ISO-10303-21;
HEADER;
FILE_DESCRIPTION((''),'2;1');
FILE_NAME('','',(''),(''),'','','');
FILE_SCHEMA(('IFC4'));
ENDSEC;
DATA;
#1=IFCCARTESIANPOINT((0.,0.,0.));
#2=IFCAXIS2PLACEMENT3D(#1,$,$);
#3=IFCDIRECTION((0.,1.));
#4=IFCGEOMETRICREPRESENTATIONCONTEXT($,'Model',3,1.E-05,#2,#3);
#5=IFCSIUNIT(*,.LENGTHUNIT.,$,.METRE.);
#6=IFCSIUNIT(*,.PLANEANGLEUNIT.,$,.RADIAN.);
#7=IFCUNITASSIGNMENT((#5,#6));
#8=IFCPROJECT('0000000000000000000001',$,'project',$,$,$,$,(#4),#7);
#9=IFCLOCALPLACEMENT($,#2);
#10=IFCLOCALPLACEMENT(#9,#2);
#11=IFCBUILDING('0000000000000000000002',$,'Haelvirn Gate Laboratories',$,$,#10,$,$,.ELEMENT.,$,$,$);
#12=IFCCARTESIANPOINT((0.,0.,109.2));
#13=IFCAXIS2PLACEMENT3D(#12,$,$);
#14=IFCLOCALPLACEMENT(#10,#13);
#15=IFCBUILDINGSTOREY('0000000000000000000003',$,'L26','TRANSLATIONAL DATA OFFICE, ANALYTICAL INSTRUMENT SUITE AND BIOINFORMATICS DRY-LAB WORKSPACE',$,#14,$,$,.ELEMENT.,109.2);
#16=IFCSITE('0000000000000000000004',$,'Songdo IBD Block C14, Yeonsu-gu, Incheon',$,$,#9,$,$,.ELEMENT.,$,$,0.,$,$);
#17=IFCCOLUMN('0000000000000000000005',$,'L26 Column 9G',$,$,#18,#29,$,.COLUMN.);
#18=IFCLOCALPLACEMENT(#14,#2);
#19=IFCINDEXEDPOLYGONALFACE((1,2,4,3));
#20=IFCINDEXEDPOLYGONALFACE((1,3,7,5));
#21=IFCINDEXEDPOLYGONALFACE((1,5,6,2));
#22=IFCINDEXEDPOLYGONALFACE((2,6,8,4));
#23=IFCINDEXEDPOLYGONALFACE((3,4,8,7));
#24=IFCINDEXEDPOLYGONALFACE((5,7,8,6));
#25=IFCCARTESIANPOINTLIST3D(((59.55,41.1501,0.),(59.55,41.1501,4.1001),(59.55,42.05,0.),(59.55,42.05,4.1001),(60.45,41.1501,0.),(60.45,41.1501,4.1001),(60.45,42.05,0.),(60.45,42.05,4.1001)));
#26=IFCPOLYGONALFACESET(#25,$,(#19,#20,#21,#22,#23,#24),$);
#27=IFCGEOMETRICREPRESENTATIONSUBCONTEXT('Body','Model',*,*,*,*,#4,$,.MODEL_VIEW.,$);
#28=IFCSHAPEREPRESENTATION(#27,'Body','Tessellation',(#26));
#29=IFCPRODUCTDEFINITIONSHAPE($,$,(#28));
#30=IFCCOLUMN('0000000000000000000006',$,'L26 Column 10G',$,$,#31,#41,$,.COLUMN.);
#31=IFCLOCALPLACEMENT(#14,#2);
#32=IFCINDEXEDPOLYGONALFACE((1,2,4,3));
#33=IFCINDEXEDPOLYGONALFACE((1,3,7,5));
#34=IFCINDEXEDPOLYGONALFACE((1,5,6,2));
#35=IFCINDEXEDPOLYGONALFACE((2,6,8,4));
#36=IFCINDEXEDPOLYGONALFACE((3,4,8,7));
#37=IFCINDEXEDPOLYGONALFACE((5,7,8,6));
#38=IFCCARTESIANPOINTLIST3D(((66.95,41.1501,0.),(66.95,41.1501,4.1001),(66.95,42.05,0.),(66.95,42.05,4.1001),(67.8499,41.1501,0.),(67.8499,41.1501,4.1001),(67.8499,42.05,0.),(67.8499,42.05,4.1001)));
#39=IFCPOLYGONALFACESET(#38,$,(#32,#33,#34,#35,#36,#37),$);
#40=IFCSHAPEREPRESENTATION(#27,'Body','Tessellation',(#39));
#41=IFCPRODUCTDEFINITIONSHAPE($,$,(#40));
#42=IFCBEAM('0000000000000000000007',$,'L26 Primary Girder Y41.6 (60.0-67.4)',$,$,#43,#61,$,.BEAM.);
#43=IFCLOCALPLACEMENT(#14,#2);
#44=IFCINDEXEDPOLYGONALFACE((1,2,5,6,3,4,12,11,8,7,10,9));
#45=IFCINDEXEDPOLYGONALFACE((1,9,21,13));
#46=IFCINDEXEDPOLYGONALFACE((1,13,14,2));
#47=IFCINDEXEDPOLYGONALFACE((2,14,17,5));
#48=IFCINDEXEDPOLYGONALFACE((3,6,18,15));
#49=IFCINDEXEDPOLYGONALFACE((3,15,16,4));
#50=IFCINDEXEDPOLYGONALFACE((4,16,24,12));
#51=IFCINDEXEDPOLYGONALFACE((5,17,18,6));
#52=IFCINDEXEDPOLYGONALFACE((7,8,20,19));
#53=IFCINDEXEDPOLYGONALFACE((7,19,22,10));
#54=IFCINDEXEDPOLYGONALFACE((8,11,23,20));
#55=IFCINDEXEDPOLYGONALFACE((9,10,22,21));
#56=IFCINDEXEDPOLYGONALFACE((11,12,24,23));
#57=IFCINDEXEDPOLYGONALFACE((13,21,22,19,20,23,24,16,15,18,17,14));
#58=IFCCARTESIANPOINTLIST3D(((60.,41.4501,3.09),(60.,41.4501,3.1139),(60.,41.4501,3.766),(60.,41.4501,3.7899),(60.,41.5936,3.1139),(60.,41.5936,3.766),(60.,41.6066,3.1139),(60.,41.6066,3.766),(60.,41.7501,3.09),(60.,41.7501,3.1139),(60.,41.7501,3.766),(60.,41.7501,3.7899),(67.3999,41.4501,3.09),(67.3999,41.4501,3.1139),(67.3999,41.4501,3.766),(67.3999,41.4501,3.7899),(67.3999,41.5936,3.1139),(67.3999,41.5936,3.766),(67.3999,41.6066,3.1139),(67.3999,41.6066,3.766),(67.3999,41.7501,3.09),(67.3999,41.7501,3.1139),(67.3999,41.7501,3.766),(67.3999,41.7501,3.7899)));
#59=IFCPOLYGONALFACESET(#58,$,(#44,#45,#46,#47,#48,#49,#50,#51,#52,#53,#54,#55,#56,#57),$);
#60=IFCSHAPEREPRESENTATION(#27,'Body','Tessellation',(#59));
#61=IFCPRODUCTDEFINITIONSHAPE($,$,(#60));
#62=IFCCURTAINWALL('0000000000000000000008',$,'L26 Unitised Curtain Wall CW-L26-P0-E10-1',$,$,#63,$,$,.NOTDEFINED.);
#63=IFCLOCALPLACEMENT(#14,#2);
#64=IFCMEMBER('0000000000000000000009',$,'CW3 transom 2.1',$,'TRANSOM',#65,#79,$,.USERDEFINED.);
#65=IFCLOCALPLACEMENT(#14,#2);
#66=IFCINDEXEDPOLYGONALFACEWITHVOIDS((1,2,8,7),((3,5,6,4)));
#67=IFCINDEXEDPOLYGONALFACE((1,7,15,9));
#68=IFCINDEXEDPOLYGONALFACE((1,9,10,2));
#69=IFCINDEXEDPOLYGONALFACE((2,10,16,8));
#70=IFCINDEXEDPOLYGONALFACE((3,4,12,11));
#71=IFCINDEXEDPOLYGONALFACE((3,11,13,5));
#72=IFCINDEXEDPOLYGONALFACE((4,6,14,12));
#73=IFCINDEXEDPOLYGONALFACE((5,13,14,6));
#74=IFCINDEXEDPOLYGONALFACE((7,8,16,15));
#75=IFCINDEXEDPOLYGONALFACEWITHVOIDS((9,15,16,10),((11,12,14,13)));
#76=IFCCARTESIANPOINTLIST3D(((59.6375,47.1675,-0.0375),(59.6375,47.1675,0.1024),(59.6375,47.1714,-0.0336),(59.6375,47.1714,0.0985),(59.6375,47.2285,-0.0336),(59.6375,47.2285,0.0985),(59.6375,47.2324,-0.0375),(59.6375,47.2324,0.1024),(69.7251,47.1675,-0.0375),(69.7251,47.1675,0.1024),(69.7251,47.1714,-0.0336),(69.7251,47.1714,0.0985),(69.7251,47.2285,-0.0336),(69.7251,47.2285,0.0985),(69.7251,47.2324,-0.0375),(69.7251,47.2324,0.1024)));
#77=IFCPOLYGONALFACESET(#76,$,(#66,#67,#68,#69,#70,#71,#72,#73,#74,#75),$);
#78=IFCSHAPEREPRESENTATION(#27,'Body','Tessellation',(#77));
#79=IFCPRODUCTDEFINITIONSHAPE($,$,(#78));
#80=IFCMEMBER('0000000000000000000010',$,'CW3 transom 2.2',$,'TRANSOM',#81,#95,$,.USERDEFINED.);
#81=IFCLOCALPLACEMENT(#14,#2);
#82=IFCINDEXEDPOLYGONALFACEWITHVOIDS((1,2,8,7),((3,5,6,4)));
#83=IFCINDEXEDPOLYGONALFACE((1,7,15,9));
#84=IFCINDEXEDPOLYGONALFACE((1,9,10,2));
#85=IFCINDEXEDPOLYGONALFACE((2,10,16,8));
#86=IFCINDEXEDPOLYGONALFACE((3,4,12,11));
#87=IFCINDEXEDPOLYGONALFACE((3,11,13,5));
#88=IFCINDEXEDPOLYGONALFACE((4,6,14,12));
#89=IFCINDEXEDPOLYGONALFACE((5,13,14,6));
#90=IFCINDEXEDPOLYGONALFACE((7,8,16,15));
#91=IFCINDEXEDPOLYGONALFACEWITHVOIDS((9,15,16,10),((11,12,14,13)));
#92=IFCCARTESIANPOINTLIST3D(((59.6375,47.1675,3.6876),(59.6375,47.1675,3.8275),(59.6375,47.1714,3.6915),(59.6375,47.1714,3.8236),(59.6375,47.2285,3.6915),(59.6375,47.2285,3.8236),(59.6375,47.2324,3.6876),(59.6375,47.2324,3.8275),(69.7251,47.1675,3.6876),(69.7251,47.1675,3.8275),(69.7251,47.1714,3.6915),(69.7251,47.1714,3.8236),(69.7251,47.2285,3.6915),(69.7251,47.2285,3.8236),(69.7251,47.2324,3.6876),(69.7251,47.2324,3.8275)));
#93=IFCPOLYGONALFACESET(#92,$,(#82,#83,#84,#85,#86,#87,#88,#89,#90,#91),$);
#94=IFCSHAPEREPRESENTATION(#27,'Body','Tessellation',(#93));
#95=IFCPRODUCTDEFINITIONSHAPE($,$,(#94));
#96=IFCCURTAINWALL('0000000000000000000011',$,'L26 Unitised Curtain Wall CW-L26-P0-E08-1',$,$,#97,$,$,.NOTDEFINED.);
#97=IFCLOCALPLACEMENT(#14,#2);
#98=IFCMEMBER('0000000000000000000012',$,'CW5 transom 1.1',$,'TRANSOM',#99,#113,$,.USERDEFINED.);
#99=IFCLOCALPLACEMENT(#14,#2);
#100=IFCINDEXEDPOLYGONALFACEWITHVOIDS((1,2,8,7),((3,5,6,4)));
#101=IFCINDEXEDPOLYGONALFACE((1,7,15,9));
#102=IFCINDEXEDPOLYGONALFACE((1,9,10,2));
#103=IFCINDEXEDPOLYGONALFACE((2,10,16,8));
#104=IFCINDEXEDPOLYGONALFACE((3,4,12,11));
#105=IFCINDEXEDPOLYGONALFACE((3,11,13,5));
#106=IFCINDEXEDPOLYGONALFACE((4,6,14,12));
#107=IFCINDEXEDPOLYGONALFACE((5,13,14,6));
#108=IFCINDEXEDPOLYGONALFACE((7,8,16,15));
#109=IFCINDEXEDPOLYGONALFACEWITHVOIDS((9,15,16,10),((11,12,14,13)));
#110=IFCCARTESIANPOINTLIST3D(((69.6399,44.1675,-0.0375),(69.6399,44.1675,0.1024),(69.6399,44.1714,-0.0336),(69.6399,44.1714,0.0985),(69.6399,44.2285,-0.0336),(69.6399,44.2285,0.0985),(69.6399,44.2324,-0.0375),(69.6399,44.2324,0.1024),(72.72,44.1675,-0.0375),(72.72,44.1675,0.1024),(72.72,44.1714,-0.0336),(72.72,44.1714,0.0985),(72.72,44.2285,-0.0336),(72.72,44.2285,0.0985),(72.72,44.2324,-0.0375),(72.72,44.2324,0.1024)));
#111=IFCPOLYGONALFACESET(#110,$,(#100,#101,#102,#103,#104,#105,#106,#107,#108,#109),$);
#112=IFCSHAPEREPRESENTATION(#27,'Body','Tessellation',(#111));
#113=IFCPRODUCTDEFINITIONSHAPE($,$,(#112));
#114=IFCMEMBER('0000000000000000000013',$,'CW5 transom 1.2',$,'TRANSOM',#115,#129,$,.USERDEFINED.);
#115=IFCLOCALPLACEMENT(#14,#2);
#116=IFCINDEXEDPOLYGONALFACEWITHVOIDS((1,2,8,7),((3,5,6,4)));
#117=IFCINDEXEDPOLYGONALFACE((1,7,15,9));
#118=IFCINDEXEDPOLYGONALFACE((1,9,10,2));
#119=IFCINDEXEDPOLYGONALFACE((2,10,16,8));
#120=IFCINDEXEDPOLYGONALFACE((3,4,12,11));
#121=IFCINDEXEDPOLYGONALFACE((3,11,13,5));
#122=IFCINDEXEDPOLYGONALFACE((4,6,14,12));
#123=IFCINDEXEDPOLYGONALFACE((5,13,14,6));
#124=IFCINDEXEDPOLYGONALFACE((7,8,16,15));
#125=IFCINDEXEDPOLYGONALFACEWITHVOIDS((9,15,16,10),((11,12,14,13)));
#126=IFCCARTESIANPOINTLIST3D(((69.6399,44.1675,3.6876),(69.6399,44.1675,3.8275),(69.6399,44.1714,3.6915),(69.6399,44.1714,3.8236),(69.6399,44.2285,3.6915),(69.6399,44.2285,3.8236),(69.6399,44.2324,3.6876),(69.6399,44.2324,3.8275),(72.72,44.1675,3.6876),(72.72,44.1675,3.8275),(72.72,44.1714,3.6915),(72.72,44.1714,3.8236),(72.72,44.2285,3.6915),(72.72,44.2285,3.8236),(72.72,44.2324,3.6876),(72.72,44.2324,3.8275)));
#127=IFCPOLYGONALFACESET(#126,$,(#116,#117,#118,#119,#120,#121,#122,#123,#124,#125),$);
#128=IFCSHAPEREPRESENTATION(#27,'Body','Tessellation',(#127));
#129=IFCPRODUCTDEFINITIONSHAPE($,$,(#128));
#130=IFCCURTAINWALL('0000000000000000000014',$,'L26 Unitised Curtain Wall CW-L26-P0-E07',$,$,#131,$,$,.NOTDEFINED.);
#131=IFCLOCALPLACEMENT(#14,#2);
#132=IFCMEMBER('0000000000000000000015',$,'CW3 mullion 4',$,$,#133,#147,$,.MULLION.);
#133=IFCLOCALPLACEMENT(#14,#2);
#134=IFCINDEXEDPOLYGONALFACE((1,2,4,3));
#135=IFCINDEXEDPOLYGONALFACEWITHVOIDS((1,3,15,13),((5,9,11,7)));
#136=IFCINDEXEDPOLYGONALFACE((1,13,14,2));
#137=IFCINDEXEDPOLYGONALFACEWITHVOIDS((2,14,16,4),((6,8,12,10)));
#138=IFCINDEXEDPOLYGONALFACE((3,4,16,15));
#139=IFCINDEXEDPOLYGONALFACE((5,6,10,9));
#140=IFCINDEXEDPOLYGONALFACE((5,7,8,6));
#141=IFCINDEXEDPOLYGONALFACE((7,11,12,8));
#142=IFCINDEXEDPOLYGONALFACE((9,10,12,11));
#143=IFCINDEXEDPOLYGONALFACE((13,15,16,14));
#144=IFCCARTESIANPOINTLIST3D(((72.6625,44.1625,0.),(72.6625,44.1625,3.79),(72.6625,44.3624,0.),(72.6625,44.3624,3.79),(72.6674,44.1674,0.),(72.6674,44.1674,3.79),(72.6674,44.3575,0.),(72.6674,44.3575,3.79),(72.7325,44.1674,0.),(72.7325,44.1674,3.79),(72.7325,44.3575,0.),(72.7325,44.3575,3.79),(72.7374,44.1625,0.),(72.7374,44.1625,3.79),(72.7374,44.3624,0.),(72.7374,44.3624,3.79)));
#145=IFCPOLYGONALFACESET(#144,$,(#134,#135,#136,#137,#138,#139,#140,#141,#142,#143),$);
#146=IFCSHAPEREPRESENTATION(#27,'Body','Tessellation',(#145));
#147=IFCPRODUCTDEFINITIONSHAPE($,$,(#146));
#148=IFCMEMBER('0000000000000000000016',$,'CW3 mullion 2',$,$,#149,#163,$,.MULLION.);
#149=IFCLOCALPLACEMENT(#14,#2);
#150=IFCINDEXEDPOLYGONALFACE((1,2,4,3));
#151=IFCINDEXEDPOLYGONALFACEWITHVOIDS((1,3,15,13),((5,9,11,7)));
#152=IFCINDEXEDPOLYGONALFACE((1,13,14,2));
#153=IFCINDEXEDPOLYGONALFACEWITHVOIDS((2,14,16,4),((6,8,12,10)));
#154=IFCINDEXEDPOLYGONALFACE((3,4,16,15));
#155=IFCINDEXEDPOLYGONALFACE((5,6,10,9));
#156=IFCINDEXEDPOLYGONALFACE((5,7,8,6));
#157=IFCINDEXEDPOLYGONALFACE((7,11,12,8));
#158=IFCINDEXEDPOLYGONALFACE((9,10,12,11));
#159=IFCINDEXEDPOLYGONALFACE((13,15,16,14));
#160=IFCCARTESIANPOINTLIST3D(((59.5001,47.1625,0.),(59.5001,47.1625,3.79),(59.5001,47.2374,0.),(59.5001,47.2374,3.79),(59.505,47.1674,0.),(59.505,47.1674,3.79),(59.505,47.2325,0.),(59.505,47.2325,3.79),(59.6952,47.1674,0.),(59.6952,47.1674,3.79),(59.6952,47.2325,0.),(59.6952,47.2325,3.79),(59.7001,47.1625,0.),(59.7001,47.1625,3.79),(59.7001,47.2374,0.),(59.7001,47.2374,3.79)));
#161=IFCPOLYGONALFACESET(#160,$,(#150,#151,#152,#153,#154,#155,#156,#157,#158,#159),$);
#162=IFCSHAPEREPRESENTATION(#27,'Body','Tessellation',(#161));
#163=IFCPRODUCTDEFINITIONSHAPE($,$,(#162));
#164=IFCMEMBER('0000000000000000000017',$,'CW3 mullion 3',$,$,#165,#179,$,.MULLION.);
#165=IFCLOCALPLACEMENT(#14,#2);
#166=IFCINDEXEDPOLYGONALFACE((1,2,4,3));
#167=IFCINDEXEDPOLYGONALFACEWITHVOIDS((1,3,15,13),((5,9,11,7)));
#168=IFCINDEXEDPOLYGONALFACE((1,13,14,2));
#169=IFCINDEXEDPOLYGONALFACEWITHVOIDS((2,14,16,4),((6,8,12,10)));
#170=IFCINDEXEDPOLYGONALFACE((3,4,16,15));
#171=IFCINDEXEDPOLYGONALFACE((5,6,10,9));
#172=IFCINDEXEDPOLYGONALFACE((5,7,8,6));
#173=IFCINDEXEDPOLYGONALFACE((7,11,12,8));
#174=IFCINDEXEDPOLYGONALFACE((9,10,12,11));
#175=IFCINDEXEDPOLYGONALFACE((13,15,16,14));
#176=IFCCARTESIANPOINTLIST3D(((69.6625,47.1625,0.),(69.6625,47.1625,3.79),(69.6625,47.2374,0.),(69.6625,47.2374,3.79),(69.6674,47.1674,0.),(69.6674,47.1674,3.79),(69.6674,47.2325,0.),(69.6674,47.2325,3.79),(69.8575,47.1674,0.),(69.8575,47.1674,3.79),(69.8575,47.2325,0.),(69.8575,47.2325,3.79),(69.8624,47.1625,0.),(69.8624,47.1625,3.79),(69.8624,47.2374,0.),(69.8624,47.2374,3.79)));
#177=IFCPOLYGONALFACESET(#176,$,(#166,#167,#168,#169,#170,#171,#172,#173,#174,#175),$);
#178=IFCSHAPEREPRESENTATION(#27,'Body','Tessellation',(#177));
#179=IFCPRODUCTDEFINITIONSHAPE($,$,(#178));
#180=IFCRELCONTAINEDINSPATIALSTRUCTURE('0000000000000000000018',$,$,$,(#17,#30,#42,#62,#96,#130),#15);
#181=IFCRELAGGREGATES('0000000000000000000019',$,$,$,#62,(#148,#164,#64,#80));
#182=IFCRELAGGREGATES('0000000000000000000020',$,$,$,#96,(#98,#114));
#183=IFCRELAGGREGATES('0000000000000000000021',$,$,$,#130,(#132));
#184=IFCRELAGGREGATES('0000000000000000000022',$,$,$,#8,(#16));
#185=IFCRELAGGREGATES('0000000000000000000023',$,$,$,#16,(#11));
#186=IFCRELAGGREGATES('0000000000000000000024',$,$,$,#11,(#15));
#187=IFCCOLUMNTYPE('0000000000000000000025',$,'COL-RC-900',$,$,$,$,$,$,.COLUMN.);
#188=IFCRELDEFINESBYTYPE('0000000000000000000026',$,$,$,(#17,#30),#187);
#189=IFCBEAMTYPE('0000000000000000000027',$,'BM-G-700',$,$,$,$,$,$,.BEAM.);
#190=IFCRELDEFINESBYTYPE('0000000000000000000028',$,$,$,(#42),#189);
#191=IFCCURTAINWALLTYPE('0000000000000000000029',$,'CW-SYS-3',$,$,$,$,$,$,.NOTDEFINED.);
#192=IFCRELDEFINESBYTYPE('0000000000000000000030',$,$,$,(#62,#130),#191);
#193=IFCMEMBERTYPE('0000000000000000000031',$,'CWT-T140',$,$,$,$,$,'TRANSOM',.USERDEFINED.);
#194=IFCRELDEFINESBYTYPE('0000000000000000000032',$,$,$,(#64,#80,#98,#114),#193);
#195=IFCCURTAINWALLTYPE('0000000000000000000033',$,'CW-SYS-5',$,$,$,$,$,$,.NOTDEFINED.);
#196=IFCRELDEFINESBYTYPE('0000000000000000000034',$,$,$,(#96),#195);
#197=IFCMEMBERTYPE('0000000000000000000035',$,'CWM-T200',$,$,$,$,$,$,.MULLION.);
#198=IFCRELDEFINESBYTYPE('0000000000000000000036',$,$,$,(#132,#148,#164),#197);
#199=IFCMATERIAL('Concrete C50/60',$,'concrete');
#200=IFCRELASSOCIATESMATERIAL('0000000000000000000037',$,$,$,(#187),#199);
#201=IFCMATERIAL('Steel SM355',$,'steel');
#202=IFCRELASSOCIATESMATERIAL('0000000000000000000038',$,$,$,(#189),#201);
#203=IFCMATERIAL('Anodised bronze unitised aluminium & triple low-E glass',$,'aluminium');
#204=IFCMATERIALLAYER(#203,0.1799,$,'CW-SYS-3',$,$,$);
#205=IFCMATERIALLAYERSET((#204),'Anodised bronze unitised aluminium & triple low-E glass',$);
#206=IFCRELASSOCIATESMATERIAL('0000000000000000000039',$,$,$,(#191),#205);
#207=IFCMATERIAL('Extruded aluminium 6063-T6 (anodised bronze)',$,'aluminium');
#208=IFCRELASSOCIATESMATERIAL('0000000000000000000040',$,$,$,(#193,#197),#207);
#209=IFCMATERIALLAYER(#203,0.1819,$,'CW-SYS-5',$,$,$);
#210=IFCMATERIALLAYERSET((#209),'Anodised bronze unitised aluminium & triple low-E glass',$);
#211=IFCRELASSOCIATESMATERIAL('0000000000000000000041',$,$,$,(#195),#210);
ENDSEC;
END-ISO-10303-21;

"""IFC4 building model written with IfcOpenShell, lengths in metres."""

from ifc_helpers import new_model, si_unit, direction, frame, origin, origin_2d, place, context, subcontext, project, spatial, rectangle, hollow_rectangle, i_section, extrude, source, transform, mapped, material, layer, layer_set, material_profile, profile_set, type_object, type_shapes, element, aggregate, save


model = new_model("IFC4")

# Units and contexts
model_context = context("Model", 3, precision=1e-05, world=origin(), true_north=direction((0.0, 1.0)))
body_context = subcontext(model_context, "Body", "Model", "MODEL_VIEW")
ifc_project = project(units=[si_unit("LENGTHUNIT", "METRE"), si_unit("PLANEANGLEUNIT", "RADIAN")], contexts=[model_context])

# Site, building, storey
site_placement = place(None, origin())
site = spatial("IfcSite", under=ifc_project, at=site_placement, Name="Songdo IBD Block C14, Yeonsu-gu, Incheon", CompositionType="ELEMENT", RefElevation=0.0)
building_placement = place(site_placement, origin())
building = spatial("IfcBuilding", under=site, at=building_placement, Name="Haelvirn Gate Laboratories", CompositionType="ELEMENT")
storey_placement = place(building_placement, frame((0.0, 0.0, 109.2)))
storey = spatial("IfcBuildingStorey", under=building, at=storey_placement, Name="L26", Description="TRANSLATIONAL DATA OFFICE, ANALYTICAL INSTRUMENT SUITE AND BIOINFORMATICS DRY-LAB WORKSPACE", CompositionType="ELEMENT", Elevation=109.2)

# Columns
ifc_material_1 = material(Name="Concrete C50/60", Category="concrete")
ifc_material_profile_1 = material_profile(ifc_material_1, rectangle(XDim=0.8999, YDim=0.8999, at=origin_2d()), Name="RC-900x900")
ifc_profile_set_1 = profile_set([ifc_material_profile_1], Name="Concrete C50/60")
column_type = type_object("IfcColumnType", Name="COL-RC-900", PredefinedType="COLUMN", material=ifc_profile_set_1)
shared_shape_1 = source(origin(), body_context, "Body", "SweptSolid", [
    extrude(rectangle(XDim=0.8999, YDim=0.8999, at=origin_2d()), origin(), (0.0, 0.0, 1.0), 4.1001),
])
type_shapes(column_type, [shared_shape_1])
for number, where, z_axis, x_axis, name in (
    (1, (60.0, 41.6001, 0.0), (0.0, 0.0, 1.0), (1.0, 0.0, 0.0), "L26 Column 9G"),
    (2, (67.3999, 41.6001, 0.0), (0.0, 0.0, 1.0), (1.0, 0.0, 0.0), "L26 Column 10G"),
):
    element("IfcColumn", number, at=place(storey_placement, frame(where, z_axis=z_axis, x_axis=x_axis)), inside=storey, type_object=column_type, Name=name, PredefinedType="COLUMN", context=body_context, shape_type="MappedRepresentation", body=[
        mapped(shared_shape_1, transform((0.0, 0.0, 0.0), scale=1.0)),
    ])

# Beam
ifc_material_2 = material(Name="Steel SM355", Category="steel")
ifc_material_profile_2 = material_profile(ifc_material_2, i_section(OverallWidth=0.3, OverallDepth=0.7, WebThickness=0.0129, FlangeThickness=0.0239, at=origin_2d()), Name="H-700x300x13x24")
ifc_profile_set_2 = profile_set([ifc_material_profile_2], Name="Steel SM355")
beam_type = type_object("IfcBeamType", Name="BM-G-700", PredefinedType="BEAM", material=ifc_profile_set_2)
shared_shape_2 = source(origin(), body_context, "Body", "SweptSolid", [
    extrude(i_section(OverallWidth=0.3, OverallDepth=0.7, WebThickness=0.0129, FlangeThickness=0.0239, at=origin_2d()), origin(), (0.0, 0.0, 1.0), 7.3999),
])
type_shapes(beam_type, [shared_shape_2])
beam_placement = place(storey_placement, frame((60.0, 41.6001, 3.4399), z_axis=(1.0, 0.0, 0.0), x_axis=(0.0, 1.0, 0.0)))
element("IfcBeam", 3, at=beam_placement, inside=storey, type_object=beam_type, Name="L26 Primary Girder Y41.6 (60.0-67.4)", PredefinedType="BEAM", context=body_context, shape_type="MappedRepresentation", body=[
    mapped(shared_shape_2, transform((0.0, 0.0, 0.0), scale=1.0)),
])

# Curtain walls, members
ifc_material_3 = material(Name="Anodised bronze unitised aluminium & triple low-E glass", Category="aluminium")
ifc_layer_1 = layer(ifc_material_3, 0.1799, Name="CW-SYS-3")
ifc_layer_set_1 = layer_set([ifc_layer_1], Name="Anodised bronze unitised aluminium & triple low-E glass")
curtain_wall_type_1 = type_object("IfcCurtainWallType", Name="CW-SYS-3", PredefinedType="NOTDEFINED", material=ifc_layer_set_1)
curtain_wall_1_placement = place(storey_placement, origin())
curtain_wall_1 = element("IfcCurtainWall", 4, at=curtain_wall_1_placement, inside=storey, type_object=curtain_wall_type_1, Name="L26 Unitised Curtain Wall CW-L26-P0-E10-1", PredefinedType="NOTDEFINED")
ifc_material_4 = material(Name="Extruded aluminium 6063-T6 (anodised bronze)", Category="aluminium")
ifc_material_profile_3 = material_profile(ifc_material_4, hollow_rectangle(XDim=0.0649, YDim=0.1399, WallThickness=0.0039, at=origin_2d()), Name="CWT-140x65x4")
ifc_profile_set_3 = profile_set([ifc_material_profile_3], Name="Extruded aluminium 6063-T6 (anodised bronze)")
member_type_1 = type_object("IfcMemberType", Name="CWT-T140", ElementType="TRANSOM", PredefinedType="USERDEFINED", material=ifc_profile_set_3)
shared_shape_3 = source(origin(), body_context, "Body", "SweptSolid", [
    extrude(hollow_rectangle(XDim=0.0649, YDim=0.1399, WallThickness=0.0039, at=origin_2d()), origin(), (0.0, 0.0, 1.0), 10.0876),
])
member_1_placement = place(storey_placement, frame((59.6375, 47.2, 0.0325), z_axis=(1.0, 0.0, 0.0), x_axis=(0.0, 1.0, 0.0)))
member_1 = element("IfcMember", 5, at=member_1_placement, type_object=member_type_1, Name="CW3 transom 2.1", ObjectType="TRANSOM", PredefinedType="USERDEFINED", context=body_context, shape_type="MappedRepresentation", body=[
    mapped(shared_shape_3, transform((0.0, 0.0, 0.0), scale=1.0)),
])
member_2_placement = place(storey_placement, frame((59.6375, 47.2, 3.7576), z_axis=(1.0, 0.0, 0.0), x_axis=(0.0, 1.0, 0.0)))
member_2 = element("IfcMember", 6, at=member_2_placement, type_object=member_type_1, Name="CW3 transom 2.2", ObjectType="TRANSOM", PredefinedType="USERDEFINED", context=body_context, shape_type="MappedRepresentation", body=[
    mapped(shared_shape_3, transform((0.0, 0.0, 0.0), scale=1.0)),
])
ifc_layer_2 = layer(ifc_material_3, 0.1819, Name="CW-SYS-5")
ifc_layer_set_2 = layer_set([ifc_layer_2], Name="Anodised bronze unitised aluminium & triple low-E glass")
curtain_wall_type_2 = type_object("IfcCurtainWallType", Name="CW-SYS-5", PredefinedType="NOTDEFINED", material=ifc_layer_set_2)
curtain_wall_2_placement = place(storey_placement, origin())
curtain_wall_2 = element("IfcCurtainWall", 7, at=curtain_wall_2_placement, inside=storey, type_object=curtain_wall_type_2, Name="L26 Unitised Curtain Wall CW-L26-P0-E08-1", PredefinedType="NOTDEFINED")
shared_shape_4 = source(origin(), body_context, "Body", "SweptSolid", [
    extrude(hollow_rectangle(XDim=0.0649, YDim=0.1399, WallThickness=0.0039, at=origin_2d()), origin(), (0.0, 0.0, 1.0), 3.0801),
])
type_shapes(member_type_1, [shared_shape_3, shared_shape_4])
member_3_placement = place(storey_placement, frame((69.6399, 44.2, 0.0325), z_axis=(1.0, 0.0, 0.0), x_axis=(0.0, 1.0, 0.0)))
member_3 = element("IfcMember", 8, at=member_3_placement, type_object=member_type_1, Name="CW5 transom 1.1", ObjectType="TRANSOM", PredefinedType="USERDEFINED", context=body_context, shape_type="MappedRepresentation", body=[
    mapped(shared_shape_4, transform((0.0, 0.0, 0.0), scale=1.0)),
])
member_4_placement = place(storey_placement, frame((69.6399, 44.2, 3.7576), z_axis=(1.0, 0.0, 0.0), x_axis=(0.0, 1.0, 0.0)))
member_4 = element("IfcMember", 9, at=member_4_placement, type_object=member_type_1, Name="CW5 transom 1.2", ObjectType="TRANSOM", PredefinedType="USERDEFINED", context=body_context, shape_type="MappedRepresentation", body=[
    mapped(shared_shape_4, transform((0.0, 0.0, 0.0), scale=1.0)),
])

# Curtain wall, member
curtain_wall_3_placement = place(storey_placement, origin())
curtain_wall_3 = element("IfcCurtainWall", 10, at=curtain_wall_3_placement, inside=storey, type_object=curtain_wall_type_1, Name="L26 Unitised Curtain Wall CW-L26-P0-E07", PredefinedType="NOTDEFINED")
ifc_material_profile_4 = material_profile(ifc_material_4, hollow_rectangle(XDim=0.075, YDim=0.2, WallThickness=0.0049, at=origin_2d()), Name="CWM-200x75x5")
ifc_profile_set_4 = profile_set([ifc_material_profile_4], Name="Extruded aluminium 6063-T6 (anodised bronze)")
member_type_2 = type_object("IfcMemberType", Name="CWM-T200", PredefinedType="MULLION", material=ifc_profile_set_4)
shared_shape_5 = source(origin(), body_context, "Body", "SweptSolid", [
    extrude(hollow_rectangle(XDim=0.075, YDim=0.2, WallThickness=0.0049, at=origin_2d()), origin(), (0.0, 0.0, 1.0), 3.79),
])
type_shapes(member_type_2, [shared_shape_5])
member_5_placement = place(storey_placement, frame((72.7, 44.2625, 0.0), z_axis=(0.0, 0.0, 1.0), x_axis=(-1.0, 0.0, 0.0)))
member_5 = element("IfcMember", 11, at=member_5_placement, type_object=member_type_2, Name="CW3 mullion 4", PredefinedType="MULLION", context=body_context, shape_type="MappedRepresentation", body=[
    mapped(shared_shape_5, transform((0.0, 0.0, 0.0), scale=1.0)),
])

# Members
member_6_placement = place(storey_placement, frame((59.6001, 47.2, 0.0), z_axis=(0.0, 0.0, 1.0), x_axis=(0.0, 1.0, 0.0)))
member_6 = element("IfcMember", 12, at=member_6_placement, type_object=member_type_2, Name="CW3 mullion 2", PredefinedType="MULLION", context=body_context, shape_type="MappedRepresentation", body=[
    mapped(shared_shape_5, transform((0.0, 0.0, 0.0), scale=1.0)),
])
member_7_placement = place(storey_placement, frame((69.7625, 47.2, 0.0), z_axis=(0.0, 0.0, 1.0), x_axis=(0.0, 1.0, 0.0)))
member_7 = element("IfcMember", 13, at=member_7_placement, type_object=member_type_2, Name="CW3 mullion 3", PredefinedType="MULLION", context=body_context, shape_type="MappedRepresentation", body=[
    mapped(shared_shape_5, transform((0.0, 0.0, 0.0), scale=1.0)),
])

aggregate(curtain_wall_1, [member_6, member_7, member_1, member_2])
aggregate(curtain_wall_2, [member_3, member_4])
aggregate(curtain_wall_3, [member_5])

save(model, "model.ifc")
